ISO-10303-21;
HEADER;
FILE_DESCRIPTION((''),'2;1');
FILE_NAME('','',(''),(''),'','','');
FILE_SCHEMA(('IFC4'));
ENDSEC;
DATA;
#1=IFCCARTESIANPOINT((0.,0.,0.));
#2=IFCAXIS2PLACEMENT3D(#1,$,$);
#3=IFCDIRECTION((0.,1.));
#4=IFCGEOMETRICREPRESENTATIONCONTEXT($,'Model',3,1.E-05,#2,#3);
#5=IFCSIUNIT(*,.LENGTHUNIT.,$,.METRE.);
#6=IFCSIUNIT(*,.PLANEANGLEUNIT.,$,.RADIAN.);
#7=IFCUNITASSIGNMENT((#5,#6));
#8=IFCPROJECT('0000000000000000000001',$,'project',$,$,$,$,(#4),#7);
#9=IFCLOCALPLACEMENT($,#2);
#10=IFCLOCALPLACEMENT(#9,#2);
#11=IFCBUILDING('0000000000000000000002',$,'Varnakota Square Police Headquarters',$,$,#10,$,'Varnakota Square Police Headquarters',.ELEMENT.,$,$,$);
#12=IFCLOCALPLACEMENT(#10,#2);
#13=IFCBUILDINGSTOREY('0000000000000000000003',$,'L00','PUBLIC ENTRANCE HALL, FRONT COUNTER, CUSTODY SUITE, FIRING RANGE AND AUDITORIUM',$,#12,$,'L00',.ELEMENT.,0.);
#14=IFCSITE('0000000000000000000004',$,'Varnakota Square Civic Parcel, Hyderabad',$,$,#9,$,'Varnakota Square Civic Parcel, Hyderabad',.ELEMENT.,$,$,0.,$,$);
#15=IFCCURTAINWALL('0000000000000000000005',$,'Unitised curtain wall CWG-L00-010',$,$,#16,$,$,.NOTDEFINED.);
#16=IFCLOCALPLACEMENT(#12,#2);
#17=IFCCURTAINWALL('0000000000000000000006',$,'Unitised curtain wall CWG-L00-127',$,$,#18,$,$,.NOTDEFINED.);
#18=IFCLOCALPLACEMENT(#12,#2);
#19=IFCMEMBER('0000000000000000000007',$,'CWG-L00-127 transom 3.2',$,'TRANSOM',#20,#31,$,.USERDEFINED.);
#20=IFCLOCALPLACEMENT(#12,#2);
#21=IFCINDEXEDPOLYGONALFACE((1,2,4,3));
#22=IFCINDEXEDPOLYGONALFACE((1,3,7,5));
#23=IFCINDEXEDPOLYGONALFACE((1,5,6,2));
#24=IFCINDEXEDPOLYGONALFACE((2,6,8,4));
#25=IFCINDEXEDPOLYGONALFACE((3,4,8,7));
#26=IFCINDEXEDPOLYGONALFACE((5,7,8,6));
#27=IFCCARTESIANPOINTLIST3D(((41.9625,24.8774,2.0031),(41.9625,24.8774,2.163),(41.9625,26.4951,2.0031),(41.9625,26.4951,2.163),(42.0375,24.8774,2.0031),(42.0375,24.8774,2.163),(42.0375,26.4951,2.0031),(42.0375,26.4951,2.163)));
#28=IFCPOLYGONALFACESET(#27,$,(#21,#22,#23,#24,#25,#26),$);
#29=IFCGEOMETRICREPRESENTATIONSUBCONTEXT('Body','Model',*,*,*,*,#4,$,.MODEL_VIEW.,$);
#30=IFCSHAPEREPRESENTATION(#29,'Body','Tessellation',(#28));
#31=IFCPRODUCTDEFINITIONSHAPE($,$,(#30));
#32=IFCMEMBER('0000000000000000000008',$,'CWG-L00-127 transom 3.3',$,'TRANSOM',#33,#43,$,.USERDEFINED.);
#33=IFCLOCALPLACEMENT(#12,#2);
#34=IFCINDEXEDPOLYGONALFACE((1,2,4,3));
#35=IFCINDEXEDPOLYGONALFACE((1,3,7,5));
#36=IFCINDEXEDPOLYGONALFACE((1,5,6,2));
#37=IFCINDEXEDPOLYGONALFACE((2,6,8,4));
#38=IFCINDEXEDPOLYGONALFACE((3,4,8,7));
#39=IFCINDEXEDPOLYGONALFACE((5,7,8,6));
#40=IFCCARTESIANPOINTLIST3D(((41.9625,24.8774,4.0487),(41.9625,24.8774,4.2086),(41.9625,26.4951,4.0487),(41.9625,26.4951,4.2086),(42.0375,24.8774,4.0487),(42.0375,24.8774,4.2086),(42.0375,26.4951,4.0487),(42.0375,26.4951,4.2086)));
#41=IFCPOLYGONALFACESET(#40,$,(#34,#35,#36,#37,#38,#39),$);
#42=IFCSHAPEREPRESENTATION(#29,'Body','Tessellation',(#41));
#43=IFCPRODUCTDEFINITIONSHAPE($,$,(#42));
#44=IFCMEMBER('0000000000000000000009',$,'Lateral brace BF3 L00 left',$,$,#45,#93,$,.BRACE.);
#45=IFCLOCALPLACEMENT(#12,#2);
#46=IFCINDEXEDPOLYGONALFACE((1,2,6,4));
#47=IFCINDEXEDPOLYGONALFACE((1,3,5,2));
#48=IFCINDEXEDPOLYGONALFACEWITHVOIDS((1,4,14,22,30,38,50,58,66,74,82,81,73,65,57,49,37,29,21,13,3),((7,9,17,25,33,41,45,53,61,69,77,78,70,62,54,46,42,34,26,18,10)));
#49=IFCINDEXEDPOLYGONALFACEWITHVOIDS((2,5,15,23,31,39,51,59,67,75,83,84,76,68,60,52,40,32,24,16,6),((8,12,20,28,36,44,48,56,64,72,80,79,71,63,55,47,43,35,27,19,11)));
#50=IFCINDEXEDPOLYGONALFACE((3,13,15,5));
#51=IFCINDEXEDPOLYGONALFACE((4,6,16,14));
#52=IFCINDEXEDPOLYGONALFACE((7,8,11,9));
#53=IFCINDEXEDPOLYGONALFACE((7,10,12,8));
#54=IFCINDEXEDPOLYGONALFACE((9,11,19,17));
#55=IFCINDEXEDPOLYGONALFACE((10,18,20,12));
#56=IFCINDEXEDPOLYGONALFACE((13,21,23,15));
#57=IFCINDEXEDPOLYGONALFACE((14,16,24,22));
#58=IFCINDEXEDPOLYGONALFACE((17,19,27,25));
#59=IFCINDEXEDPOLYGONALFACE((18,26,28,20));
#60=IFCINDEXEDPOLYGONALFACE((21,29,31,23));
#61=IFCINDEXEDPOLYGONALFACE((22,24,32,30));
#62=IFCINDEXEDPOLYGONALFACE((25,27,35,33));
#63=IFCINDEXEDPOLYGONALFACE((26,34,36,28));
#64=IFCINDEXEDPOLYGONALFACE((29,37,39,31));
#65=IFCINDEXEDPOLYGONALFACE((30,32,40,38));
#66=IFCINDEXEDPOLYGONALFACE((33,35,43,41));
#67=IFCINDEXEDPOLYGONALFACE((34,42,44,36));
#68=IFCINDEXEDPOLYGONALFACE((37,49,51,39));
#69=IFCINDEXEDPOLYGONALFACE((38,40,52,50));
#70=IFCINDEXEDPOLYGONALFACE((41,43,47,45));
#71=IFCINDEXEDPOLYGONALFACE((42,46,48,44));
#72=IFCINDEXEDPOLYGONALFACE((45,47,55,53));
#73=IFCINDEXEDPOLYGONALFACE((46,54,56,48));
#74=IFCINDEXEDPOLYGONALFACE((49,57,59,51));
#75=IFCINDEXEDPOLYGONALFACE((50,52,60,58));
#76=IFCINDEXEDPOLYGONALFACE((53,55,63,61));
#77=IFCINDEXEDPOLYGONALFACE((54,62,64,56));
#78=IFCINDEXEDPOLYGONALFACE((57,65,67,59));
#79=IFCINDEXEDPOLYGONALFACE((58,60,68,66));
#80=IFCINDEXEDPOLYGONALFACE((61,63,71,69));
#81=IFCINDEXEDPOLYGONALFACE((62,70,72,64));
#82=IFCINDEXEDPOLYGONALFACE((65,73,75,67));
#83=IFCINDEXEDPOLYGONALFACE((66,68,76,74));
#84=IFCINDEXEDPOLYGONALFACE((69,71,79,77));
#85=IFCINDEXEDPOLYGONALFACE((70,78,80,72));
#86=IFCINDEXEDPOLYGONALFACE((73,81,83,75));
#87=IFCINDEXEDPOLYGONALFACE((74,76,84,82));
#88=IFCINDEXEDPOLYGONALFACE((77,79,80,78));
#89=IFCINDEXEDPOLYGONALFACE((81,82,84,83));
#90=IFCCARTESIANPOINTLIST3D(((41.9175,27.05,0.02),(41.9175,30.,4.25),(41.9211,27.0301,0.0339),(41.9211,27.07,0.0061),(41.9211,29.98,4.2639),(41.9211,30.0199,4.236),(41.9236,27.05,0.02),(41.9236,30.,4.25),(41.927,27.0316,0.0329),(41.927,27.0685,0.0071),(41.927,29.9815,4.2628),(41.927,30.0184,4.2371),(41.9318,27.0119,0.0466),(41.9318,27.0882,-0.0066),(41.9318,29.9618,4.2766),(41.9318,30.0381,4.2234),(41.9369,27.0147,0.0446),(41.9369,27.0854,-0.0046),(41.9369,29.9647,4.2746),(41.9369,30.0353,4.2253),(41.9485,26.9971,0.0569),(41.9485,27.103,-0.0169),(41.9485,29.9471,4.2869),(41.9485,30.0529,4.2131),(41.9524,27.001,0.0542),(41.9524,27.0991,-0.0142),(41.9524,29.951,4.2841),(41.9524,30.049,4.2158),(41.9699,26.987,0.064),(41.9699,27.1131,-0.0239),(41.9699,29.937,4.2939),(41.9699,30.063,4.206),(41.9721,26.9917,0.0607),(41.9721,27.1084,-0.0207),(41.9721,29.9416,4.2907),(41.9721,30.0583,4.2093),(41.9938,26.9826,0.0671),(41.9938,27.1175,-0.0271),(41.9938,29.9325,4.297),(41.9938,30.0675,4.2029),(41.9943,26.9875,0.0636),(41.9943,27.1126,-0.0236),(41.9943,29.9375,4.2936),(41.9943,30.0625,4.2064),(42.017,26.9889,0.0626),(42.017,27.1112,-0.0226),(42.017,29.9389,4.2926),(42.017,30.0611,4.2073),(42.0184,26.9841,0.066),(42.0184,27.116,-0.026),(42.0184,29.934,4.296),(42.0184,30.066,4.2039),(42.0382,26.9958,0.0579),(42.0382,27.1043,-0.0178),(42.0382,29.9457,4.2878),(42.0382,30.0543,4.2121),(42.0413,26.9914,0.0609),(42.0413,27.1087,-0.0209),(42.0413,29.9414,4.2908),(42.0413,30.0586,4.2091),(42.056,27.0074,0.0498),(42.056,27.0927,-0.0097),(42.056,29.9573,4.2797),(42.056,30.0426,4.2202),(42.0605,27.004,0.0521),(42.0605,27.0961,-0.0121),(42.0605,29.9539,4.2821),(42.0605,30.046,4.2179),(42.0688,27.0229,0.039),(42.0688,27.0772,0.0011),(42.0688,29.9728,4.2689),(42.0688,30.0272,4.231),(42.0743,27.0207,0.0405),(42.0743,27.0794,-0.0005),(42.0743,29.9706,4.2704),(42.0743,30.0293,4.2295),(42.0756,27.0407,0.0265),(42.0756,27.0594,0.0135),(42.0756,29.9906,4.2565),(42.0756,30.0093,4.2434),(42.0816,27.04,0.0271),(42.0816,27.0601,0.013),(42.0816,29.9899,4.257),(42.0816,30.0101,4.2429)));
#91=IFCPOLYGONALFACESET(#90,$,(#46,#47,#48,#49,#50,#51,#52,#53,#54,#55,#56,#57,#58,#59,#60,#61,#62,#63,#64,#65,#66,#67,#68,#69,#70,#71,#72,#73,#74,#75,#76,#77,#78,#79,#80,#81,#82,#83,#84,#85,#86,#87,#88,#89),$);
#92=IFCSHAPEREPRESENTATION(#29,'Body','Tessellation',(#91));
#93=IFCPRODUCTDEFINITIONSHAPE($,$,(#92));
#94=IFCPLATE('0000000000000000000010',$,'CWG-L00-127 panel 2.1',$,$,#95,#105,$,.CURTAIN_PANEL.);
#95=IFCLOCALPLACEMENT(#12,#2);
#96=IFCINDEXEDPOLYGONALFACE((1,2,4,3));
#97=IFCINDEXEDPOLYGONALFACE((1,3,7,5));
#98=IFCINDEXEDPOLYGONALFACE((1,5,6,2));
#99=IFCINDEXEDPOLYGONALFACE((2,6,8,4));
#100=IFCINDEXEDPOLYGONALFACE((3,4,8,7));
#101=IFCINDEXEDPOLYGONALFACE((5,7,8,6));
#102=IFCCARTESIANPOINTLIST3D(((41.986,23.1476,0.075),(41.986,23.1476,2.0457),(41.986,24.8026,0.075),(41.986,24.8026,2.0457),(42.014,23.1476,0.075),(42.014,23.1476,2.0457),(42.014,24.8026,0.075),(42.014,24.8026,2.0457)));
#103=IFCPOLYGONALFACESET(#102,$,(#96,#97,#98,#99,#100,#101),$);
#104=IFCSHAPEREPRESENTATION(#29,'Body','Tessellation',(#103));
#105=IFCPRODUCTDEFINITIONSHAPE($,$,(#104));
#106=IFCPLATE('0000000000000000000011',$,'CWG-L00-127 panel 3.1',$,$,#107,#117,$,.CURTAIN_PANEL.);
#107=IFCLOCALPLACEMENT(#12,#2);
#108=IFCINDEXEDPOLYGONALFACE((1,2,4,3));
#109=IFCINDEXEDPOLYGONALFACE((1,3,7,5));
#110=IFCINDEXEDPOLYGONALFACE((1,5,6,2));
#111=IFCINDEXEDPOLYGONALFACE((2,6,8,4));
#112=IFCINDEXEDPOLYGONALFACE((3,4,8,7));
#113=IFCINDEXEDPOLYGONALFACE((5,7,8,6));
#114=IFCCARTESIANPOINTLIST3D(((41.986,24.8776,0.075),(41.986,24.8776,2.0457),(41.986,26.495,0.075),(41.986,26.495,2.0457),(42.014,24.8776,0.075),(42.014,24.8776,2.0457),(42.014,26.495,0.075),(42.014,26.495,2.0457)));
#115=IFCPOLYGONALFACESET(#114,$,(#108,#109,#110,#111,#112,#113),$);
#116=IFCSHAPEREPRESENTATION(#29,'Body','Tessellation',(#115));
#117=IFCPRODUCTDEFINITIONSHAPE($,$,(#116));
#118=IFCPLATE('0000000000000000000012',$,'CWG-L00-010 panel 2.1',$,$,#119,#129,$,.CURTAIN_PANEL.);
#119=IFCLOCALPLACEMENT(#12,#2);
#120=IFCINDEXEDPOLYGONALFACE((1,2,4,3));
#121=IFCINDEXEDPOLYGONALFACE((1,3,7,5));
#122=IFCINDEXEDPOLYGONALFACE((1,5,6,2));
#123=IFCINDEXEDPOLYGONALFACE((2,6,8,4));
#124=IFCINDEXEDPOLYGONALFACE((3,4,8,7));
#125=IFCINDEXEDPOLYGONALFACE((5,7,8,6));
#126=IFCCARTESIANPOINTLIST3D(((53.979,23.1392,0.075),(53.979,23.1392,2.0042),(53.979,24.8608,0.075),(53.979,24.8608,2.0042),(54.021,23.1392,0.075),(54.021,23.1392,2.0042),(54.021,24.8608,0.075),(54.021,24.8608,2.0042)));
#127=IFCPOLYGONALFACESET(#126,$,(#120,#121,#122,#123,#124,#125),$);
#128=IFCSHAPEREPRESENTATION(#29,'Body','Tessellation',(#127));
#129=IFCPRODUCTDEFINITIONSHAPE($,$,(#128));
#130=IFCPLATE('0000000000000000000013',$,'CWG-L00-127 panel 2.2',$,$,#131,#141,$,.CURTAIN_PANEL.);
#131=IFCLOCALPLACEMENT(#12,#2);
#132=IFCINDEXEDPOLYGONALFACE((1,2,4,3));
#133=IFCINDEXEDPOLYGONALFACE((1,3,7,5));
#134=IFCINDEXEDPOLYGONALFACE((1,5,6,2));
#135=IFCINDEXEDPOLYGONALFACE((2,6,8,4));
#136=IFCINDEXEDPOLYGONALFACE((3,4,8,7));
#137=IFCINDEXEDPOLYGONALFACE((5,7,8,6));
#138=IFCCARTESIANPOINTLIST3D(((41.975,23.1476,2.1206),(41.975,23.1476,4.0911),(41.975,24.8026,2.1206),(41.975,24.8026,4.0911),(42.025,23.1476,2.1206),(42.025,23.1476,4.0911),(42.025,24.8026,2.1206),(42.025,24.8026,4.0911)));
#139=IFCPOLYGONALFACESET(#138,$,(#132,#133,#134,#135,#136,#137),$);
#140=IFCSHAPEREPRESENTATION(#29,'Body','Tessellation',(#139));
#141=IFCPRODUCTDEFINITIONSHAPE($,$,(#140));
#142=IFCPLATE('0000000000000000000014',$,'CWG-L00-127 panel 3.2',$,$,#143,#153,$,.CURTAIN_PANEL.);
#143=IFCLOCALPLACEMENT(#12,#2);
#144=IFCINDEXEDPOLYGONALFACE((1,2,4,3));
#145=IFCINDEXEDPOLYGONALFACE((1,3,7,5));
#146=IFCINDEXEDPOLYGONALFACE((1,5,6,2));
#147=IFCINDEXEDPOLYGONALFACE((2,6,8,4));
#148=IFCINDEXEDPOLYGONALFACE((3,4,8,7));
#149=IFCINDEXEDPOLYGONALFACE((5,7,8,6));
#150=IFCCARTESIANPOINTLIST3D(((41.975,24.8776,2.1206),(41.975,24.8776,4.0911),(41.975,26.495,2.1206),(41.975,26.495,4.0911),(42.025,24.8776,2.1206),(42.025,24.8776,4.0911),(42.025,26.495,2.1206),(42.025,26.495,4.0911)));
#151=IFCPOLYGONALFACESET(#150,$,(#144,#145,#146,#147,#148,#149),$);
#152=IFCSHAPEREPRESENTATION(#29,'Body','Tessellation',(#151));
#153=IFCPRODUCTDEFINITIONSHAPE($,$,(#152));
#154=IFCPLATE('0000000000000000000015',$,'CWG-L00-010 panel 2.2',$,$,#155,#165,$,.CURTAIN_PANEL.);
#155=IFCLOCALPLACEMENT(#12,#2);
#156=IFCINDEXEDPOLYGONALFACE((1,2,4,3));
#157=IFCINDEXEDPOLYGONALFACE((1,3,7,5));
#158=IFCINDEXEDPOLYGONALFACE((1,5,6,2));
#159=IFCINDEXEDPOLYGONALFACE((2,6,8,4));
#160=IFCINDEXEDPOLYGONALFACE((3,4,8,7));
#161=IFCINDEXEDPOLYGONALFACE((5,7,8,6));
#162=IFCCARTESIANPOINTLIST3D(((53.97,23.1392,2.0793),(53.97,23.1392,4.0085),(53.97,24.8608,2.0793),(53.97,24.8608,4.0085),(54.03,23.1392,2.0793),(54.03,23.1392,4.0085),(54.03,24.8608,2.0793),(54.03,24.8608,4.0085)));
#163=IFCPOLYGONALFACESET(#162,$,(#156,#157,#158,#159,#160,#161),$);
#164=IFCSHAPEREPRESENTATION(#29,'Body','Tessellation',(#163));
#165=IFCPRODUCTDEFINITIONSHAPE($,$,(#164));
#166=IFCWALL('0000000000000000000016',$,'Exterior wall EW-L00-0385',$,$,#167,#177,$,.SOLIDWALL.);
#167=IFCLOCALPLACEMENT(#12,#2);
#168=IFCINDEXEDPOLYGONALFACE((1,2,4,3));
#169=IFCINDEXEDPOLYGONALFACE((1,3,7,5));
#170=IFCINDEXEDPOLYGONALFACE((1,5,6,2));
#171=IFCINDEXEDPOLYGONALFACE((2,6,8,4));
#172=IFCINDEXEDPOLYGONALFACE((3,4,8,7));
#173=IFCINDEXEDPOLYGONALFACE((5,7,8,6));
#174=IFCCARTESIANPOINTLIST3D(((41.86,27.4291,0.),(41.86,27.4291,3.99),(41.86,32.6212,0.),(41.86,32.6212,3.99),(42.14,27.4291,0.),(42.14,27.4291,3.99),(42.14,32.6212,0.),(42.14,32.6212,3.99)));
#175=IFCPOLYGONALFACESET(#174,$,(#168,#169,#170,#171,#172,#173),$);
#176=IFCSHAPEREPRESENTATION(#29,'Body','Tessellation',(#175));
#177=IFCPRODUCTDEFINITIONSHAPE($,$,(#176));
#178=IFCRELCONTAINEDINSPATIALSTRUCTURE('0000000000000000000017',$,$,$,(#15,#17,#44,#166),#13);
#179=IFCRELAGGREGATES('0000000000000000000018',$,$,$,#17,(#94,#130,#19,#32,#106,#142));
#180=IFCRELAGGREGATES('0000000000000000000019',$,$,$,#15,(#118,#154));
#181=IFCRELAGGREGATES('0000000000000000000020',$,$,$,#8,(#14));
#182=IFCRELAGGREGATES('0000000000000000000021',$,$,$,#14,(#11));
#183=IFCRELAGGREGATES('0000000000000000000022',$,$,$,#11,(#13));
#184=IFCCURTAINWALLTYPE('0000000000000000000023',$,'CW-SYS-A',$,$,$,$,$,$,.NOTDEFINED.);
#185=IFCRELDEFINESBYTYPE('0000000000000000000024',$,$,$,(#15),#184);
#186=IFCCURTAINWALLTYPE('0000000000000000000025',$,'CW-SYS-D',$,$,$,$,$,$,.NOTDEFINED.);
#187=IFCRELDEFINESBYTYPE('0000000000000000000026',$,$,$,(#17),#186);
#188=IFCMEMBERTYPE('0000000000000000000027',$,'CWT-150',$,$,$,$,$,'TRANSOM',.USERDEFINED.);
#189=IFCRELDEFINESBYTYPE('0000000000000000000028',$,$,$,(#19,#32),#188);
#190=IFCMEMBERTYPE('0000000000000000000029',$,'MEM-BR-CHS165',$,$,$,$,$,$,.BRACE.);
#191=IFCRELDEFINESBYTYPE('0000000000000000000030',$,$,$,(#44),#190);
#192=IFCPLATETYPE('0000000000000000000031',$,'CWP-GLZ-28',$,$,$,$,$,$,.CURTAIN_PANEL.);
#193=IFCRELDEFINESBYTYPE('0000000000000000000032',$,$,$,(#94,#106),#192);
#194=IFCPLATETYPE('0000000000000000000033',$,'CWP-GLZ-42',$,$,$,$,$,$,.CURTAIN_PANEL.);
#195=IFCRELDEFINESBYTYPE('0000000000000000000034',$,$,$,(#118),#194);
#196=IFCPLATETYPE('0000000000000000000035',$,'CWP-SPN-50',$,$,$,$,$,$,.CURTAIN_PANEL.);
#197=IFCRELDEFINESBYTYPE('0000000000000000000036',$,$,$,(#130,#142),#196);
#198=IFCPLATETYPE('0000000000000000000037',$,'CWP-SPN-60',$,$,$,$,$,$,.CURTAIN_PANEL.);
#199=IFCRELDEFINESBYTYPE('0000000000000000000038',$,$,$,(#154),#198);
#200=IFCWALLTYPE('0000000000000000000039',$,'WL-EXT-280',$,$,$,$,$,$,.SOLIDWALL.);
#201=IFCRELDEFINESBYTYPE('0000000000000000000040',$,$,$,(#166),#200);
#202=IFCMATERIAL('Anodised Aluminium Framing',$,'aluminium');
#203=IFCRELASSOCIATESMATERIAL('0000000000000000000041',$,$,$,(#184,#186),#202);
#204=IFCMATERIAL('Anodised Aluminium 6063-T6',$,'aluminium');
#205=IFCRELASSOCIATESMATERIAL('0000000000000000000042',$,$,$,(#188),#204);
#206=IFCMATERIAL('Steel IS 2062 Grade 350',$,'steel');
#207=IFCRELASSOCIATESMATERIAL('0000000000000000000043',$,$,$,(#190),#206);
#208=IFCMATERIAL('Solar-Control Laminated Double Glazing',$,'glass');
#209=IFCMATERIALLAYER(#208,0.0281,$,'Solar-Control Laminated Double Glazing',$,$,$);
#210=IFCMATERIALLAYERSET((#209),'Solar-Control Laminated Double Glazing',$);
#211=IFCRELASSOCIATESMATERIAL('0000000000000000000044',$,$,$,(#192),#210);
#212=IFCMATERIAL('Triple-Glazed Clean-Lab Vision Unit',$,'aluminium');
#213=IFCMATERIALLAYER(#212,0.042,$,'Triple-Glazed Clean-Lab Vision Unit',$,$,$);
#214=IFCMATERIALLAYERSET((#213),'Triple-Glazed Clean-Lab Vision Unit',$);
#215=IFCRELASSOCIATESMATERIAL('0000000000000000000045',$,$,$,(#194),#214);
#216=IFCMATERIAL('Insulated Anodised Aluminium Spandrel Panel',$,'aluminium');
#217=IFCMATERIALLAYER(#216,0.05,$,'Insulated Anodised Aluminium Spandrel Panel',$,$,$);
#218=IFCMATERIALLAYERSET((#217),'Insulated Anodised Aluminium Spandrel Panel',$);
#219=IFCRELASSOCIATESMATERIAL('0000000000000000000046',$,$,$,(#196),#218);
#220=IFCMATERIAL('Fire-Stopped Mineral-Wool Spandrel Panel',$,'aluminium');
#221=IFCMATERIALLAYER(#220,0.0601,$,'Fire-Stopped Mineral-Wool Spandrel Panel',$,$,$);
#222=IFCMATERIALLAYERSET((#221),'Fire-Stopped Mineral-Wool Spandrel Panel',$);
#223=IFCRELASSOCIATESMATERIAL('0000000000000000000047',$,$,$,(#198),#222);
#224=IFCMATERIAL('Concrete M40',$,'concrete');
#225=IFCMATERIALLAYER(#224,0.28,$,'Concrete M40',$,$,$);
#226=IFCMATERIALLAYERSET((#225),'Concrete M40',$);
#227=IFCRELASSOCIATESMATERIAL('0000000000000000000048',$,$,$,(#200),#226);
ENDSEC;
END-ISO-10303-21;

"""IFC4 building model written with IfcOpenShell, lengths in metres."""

from ifc_helpers import new_model, si_unit, direction, frame, frame_2d, origin, origin_2d, place, context, subcontext, project, spatial, rectangle, hollow_circle, extrude, material, layer, layer_set, material_profile, profile_set, type_object, element, aggregate, save


model = new_model("IFC4")

# Units and contexts
model_context = context("Model", 3, precision=1e-05, world=origin(), true_north=direction((0.0, 1.0)))
body_context = subcontext(model_context, "Body", "Model", "MODEL_VIEW")
ifc_project = project(units=[si_unit("LENGTHUNIT", "METRE"), si_unit("PLANEANGLEUNIT", "RADIAN")], contexts=[model_context])

# Site, building, storey
site_placement = place(None, origin())
site = spatial("IfcSite", under=ifc_project, at=site_placement, Name="Varnakota Square Civic Parcel, Hyderabad", LongName="Varnakota Square Civic Parcel, Hyderabad", CompositionType="ELEMENT", RefElevation=0.0)
building_placement = place(site_placement, origin())
building = spatial("IfcBuilding", under=site, at=building_placement, Name="Varnakota Square Police Headquarters", LongName="Varnakota Square Police Headquarters", CompositionType="ELEMENT")
storey_placement = place(building_placement, origin())
storey = spatial("IfcBuildingStorey", under=building, at=storey_placement, Name="L00", Description="PUBLIC ENTRANCE HALL, FRONT COUNTER, CUSTODY SUITE, FIRING RANGE AND AUDITORIUM", LongName="L00", CompositionType="ELEMENT", Elevation=0.0)

# Shared definitions
ifc_material_1 = material(Name="Steel IS 2062 Grade 350", Category="steel")

# Curtain wall
ifc_material_2 = material(Name="Anodised Aluminium Framing", Category="aluminium")
curtain_wall_type_1 = type_object("IfcCurtainWallType", Name="CW-SYS-A", PredefinedType="NOTDEFINED", material=ifc_material_2)
curtain_wall_1_placement = place(storey_placement, origin())
curtain_wall_1 = element("IfcCurtainWall", 1, at=curtain_wall_1_placement, inside=storey, type_object=curtain_wall_type_1, Name="Unitised curtain wall CWG-L00-010", PredefinedType="NOTDEFINED")
ifc_material_3 = material(Name="Anodised Aluminium 6063-T6", Category="aluminium")

# Curtain wall
curtain_wall_type_2 = type_object("IfcCurtainWallType", Name="CW-SYS-D", PredefinedType="NOTDEFINED", material=ifc_material_2)
curtain_wall_2_placement = place(storey_placement, origin())
curtain_wall_2 = element("IfcCurtainWall", 2, at=curtain_wall_2_placement, inside=storey, type_object=curtain_wall_type_2, Name="Unitised curtain wall CWG-L00-127", PredefinedType="NOTDEFINED")

# Members
ifc_material_profile_1 = material_profile(ifc_material_3, rectangle(XDim=0.075, YDim=0.1599, at=origin_2d()), Name="ALU TRANSOM 75x160")
ifc_profile_set_1 = profile_set([ifc_material_profile_1], Name="Anodised Aluminium 6063-T6")
member_type_1 = type_object("IfcMemberType", Name="CWT-150", ElementType="TRANSOM", PredefinedType="USERDEFINED", material=ifc_profile_set_1)
member_1_placement = place(storey_placement, frame((42.0, 24.8774, 2.083), z_axis=(0.0, 1.0, 0.0), x_axis=(-1.0, 0.0, 0.0)))
member_1 = element("IfcMember", 3, at=member_1_placement, type_object=member_type_1, Name="CWG-L00-127 transom 3.2", ObjectType="TRANSOM", PredefinedType="USERDEFINED", context=body_context, shape_type="SweptSolid", body=[
    extrude(rectangle(XDim=0.075, YDim=0.1599, at=origin_2d()), origin(), (0.0, 0.0, 1.0), 1.6177),
])
member_2_placement = place(storey_placement, frame((42.0, 24.8774, 4.1287), z_axis=(0.0, 1.0, 0.0), x_axis=(-1.0, 0.0, 0.0)))
member_2 = element("IfcMember", 4, at=member_2_placement, type_object=member_type_1, Name="CWG-L00-127 transom 3.3", ObjectType="TRANSOM", PredefinedType="USERDEFINED", context=body_context, shape_type="SweptSolid", body=[
    extrude(rectangle(XDim=0.075, YDim=0.1599, at=origin_2d()), origin(), (0.0, 0.0, 1.0), 1.6177),
])
ifc_material_profile_2 = material_profile(ifc_material_1, hollow_circle(Radius=0.0825, WallThickness=0.0061, at=origin_2d()), Name="CHS 165.1x6.0")
ifc_profile_set_2 = profile_set([ifc_material_profile_2], Name="Steel IS 2062 Grade 350")
member_type_2 = type_object("IfcMemberType", Name="MEM-BR-CHS165", PredefinedType="BRACE", material=ifc_profile_set_2)
member_3_placement = place(storey_placement, frame((42.0, 27.05, 0.02), z_axis=(0.0, 0.572025, 0.820236), x_axis=(-1.0, 0.0, 0.0)))
element("IfcMember", 5, at=member_3_placement, inside=storey, type_object=member_type_2, Name="Lateral brace BF3 L00 left", PredefinedType="BRACE", context=body_context, shape_type="SweptSolid", body=[
    extrude(hollow_circle(Radius=0.0825, WallThickness=0.0061, at=origin_2d()), origin(), (0.0, 0.0, 1.0), 5.157),
])

# Plates
ifc_material_4 = material(Name="Solar-Control Laminated Double Glazing", Category="glass")
ifc_layer_1 = layer(ifc_material_4, 0.0281, Name="Solar-Control Laminated Double Glazing")
ifc_layer_set_1 = layer_set([ifc_layer_1], Name="Solar-Control Laminated Double Glazing")
plate_type_1 = type_object("IfcPlateType", Name="CWP-GLZ-28", PredefinedType="CURTAIN_PANEL", material=ifc_layer_set_1)
plate_1_placement = place(storey_placement, frame((42.0, 23.9751, 0.075), z_axis=(0.0, 0.0, 1.0), x_axis=(0.0, 1.0, 0.0)))
plate_1 = element("IfcPlate", 6, at=plate_1_placement, type_object=plate_type_1, Name="CWG-L00-127 panel 2.1", PredefinedType="CURTAIN_PANEL", context=body_context, shape_type="SweptSolid", body=[
    extrude(rectangle(XDim=1.655, YDim=0.0281, at=origin_2d()), origin(), (0.0, 0.0, 1.0), 1.9707),
])
plate_2_placement = place(storey_placement, frame((42.0, 25.6863, 0.075), z_axis=(0.0, 0.0, 1.0), x_axis=(0.0, 1.0, 0.0)))
plate_2 = element("IfcPlate", 7, at=plate_2_placement, type_object=plate_type_1, Name="CWG-L00-127 panel 3.1", PredefinedType="CURTAIN_PANEL", context=body_context, shape_type="SweptSolid", body=[
    extrude(rectangle(XDim=1.6174, YDim=0.0281, at=origin_2d()), origin(), (0.0, 0.0, 1.0), 1.9707),
])
ifc_material_5 = material(Name="Triple-Glazed Clean-Lab Vision Unit", Category="aluminium")
ifc_layer_2 = layer(ifc_material_5, 0.042, Name="Triple-Glazed Clean-Lab Vision Unit")
ifc_layer_set_2 = layer_set([ifc_layer_2], Name="Triple-Glazed Clean-Lab Vision Unit")
plate_type_2 = type_object("IfcPlateType", Name="CWP-GLZ-42", PredefinedType="CURTAIN_PANEL", material=ifc_layer_set_2)
plate_3_placement = place(storey_placement, frame((54.0, 24.0, 0.075), z_axis=(0.0, 0.0, 1.0), x_axis=(0.0, 1.0, 0.0)))
plate_3 = element("IfcPlate", 8, at=plate_3_placement, type_object=plate_type_2, Name="CWG-L00-010 panel 2.1", PredefinedType="CURTAIN_PANEL", context=body_context, shape_type="SweptSolid", body=[
    extrude(rectangle(XDim=1.7217, YDim=0.042, at=origin_2d()), origin(), (0.0, 0.0, 1.0), 1.9292),
])
ifc_material_6 = material(Name="Insulated Anodised Aluminium Spandrel Panel", Category="aluminium")
ifc_layer_3 = layer(ifc_material_6, 0.05, Name="Insulated Anodised Aluminium Spandrel Panel")
ifc_layer_set_3 = layer_set([ifc_layer_3], Name="Insulated Anodised Aluminium Spandrel Panel")
plate_type_3 = type_object("IfcPlateType", Name="CWP-SPN-50", PredefinedType="CURTAIN_PANEL", material=ifc_layer_set_3)
plate_4_placement = place(storey_placement, frame((42.0, 23.9751, 2.1206), z_axis=(0.0, 0.0, 1.0), x_axis=(0.0, 1.0, 0.0)))
plate_4 = element("IfcPlate", 9, at=plate_4_placement, type_object=plate_type_3, Name="CWG-L00-127 panel 2.2", PredefinedType="CURTAIN_PANEL", context=body_context, shape_type="SweptSolid", body=[
    extrude(rectangle(XDim=1.655, YDim=0.05, at=origin_2d()), origin(), (0.0, 0.0, 1.0), 1.9705),
])
plate_5_placement = place(storey_placement, frame((42.0, 25.6863, 2.1206), z_axis=(0.0, 0.0, 1.0), x_axis=(0.0, 1.0, 0.0)))
plate_5 = element("IfcPlate", 10, at=plate_5_placement, type_object=plate_type_3, Name="CWG-L00-127 panel 3.2", PredefinedType="CURTAIN_PANEL", context=body_context, shape_type="SweptSolid", body=[
    extrude(rectangle(XDim=1.6174, YDim=0.05, at=origin_2d()), origin(), (0.0, 0.0, 1.0), 1.9705),
])
aggregate(curtain_wall_2, [plate_1, plate_4, member_1, member_2, plate_2, plate_5])
ifc_material_7 = material(Name="Fire-Stopped Mineral-Wool Spandrel Panel", Category="aluminium")
ifc_layer_4 = layer(ifc_material_7, 0.0601, Name="Fire-Stopped Mineral-Wool Spandrel Panel")
ifc_layer_set_4 = layer_set([ifc_layer_4], Name="Fire-Stopped Mineral-Wool Spandrel Panel")
plate_type_4 = type_object("IfcPlateType", Name="CWP-SPN-60", PredefinedType="CURTAIN_PANEL", material=ifc_layer_set_4)
plate_6_placement = place(storey_placement, frame((54.0, 24.0, 2.0793), z_axis=(0.0, 0.0, 1.0), x_axis=(0.0, 1.0, 0.0)))
plate_6 = element("IfcPlate", 11, at=plate_6_placement, type_object=plate_type_4, Name="CWG-L00-010 panel 2.2", PredefinedType="CURTAIN_PANEL", context=body_context, shape_type="SweptSolid", body=[
    extrude(rectangle(XDim=1.7217, YDim=0.0601, at=origin_2d()), origin(), (0.0, 0.0, 1.0), 1.9292),
])
aggregate(curtain_wall_1, [plate_3, plate_6])

# Wall
ifc_material_8 = material(Name="Concrete M40", Category="concrete")
ifc_layer_5 = layer(ifc_material_8, 0.28, Name="Concrete M40")
ifc_layer_set_5 = layer_set([ifc_layer_5], Name="Concrete M40")
wall_type_1 = type_object("IfcWallType", Name="WL-EXT-280", PredefinedType="SOLIDWALL", material=ifc_layer_set_5)
wall_1_placement = place(storey_placement, frame((42.0, 27.429, 0.0), z_axis=(0.0, 0.0, 1.0), x_axis=(0.0, 1.0, 0.0)))
element("IfcWall", 12, at=wall_1_placement, inside=storey, type_object=wall_type_1, Name="Exterior wall EW-L00-0385", PredefinedType="SOLIDWALL", context=body_context, shape_type="SweptSolid", body=[
    extrude(rectangle(XDim=5.1921, YDim=0.28, at=frame_2d((2.5962, 0.0))), origin(), (0.0, 0.0, 1.0), 3.99),
])

save(model, "model.ifc")
